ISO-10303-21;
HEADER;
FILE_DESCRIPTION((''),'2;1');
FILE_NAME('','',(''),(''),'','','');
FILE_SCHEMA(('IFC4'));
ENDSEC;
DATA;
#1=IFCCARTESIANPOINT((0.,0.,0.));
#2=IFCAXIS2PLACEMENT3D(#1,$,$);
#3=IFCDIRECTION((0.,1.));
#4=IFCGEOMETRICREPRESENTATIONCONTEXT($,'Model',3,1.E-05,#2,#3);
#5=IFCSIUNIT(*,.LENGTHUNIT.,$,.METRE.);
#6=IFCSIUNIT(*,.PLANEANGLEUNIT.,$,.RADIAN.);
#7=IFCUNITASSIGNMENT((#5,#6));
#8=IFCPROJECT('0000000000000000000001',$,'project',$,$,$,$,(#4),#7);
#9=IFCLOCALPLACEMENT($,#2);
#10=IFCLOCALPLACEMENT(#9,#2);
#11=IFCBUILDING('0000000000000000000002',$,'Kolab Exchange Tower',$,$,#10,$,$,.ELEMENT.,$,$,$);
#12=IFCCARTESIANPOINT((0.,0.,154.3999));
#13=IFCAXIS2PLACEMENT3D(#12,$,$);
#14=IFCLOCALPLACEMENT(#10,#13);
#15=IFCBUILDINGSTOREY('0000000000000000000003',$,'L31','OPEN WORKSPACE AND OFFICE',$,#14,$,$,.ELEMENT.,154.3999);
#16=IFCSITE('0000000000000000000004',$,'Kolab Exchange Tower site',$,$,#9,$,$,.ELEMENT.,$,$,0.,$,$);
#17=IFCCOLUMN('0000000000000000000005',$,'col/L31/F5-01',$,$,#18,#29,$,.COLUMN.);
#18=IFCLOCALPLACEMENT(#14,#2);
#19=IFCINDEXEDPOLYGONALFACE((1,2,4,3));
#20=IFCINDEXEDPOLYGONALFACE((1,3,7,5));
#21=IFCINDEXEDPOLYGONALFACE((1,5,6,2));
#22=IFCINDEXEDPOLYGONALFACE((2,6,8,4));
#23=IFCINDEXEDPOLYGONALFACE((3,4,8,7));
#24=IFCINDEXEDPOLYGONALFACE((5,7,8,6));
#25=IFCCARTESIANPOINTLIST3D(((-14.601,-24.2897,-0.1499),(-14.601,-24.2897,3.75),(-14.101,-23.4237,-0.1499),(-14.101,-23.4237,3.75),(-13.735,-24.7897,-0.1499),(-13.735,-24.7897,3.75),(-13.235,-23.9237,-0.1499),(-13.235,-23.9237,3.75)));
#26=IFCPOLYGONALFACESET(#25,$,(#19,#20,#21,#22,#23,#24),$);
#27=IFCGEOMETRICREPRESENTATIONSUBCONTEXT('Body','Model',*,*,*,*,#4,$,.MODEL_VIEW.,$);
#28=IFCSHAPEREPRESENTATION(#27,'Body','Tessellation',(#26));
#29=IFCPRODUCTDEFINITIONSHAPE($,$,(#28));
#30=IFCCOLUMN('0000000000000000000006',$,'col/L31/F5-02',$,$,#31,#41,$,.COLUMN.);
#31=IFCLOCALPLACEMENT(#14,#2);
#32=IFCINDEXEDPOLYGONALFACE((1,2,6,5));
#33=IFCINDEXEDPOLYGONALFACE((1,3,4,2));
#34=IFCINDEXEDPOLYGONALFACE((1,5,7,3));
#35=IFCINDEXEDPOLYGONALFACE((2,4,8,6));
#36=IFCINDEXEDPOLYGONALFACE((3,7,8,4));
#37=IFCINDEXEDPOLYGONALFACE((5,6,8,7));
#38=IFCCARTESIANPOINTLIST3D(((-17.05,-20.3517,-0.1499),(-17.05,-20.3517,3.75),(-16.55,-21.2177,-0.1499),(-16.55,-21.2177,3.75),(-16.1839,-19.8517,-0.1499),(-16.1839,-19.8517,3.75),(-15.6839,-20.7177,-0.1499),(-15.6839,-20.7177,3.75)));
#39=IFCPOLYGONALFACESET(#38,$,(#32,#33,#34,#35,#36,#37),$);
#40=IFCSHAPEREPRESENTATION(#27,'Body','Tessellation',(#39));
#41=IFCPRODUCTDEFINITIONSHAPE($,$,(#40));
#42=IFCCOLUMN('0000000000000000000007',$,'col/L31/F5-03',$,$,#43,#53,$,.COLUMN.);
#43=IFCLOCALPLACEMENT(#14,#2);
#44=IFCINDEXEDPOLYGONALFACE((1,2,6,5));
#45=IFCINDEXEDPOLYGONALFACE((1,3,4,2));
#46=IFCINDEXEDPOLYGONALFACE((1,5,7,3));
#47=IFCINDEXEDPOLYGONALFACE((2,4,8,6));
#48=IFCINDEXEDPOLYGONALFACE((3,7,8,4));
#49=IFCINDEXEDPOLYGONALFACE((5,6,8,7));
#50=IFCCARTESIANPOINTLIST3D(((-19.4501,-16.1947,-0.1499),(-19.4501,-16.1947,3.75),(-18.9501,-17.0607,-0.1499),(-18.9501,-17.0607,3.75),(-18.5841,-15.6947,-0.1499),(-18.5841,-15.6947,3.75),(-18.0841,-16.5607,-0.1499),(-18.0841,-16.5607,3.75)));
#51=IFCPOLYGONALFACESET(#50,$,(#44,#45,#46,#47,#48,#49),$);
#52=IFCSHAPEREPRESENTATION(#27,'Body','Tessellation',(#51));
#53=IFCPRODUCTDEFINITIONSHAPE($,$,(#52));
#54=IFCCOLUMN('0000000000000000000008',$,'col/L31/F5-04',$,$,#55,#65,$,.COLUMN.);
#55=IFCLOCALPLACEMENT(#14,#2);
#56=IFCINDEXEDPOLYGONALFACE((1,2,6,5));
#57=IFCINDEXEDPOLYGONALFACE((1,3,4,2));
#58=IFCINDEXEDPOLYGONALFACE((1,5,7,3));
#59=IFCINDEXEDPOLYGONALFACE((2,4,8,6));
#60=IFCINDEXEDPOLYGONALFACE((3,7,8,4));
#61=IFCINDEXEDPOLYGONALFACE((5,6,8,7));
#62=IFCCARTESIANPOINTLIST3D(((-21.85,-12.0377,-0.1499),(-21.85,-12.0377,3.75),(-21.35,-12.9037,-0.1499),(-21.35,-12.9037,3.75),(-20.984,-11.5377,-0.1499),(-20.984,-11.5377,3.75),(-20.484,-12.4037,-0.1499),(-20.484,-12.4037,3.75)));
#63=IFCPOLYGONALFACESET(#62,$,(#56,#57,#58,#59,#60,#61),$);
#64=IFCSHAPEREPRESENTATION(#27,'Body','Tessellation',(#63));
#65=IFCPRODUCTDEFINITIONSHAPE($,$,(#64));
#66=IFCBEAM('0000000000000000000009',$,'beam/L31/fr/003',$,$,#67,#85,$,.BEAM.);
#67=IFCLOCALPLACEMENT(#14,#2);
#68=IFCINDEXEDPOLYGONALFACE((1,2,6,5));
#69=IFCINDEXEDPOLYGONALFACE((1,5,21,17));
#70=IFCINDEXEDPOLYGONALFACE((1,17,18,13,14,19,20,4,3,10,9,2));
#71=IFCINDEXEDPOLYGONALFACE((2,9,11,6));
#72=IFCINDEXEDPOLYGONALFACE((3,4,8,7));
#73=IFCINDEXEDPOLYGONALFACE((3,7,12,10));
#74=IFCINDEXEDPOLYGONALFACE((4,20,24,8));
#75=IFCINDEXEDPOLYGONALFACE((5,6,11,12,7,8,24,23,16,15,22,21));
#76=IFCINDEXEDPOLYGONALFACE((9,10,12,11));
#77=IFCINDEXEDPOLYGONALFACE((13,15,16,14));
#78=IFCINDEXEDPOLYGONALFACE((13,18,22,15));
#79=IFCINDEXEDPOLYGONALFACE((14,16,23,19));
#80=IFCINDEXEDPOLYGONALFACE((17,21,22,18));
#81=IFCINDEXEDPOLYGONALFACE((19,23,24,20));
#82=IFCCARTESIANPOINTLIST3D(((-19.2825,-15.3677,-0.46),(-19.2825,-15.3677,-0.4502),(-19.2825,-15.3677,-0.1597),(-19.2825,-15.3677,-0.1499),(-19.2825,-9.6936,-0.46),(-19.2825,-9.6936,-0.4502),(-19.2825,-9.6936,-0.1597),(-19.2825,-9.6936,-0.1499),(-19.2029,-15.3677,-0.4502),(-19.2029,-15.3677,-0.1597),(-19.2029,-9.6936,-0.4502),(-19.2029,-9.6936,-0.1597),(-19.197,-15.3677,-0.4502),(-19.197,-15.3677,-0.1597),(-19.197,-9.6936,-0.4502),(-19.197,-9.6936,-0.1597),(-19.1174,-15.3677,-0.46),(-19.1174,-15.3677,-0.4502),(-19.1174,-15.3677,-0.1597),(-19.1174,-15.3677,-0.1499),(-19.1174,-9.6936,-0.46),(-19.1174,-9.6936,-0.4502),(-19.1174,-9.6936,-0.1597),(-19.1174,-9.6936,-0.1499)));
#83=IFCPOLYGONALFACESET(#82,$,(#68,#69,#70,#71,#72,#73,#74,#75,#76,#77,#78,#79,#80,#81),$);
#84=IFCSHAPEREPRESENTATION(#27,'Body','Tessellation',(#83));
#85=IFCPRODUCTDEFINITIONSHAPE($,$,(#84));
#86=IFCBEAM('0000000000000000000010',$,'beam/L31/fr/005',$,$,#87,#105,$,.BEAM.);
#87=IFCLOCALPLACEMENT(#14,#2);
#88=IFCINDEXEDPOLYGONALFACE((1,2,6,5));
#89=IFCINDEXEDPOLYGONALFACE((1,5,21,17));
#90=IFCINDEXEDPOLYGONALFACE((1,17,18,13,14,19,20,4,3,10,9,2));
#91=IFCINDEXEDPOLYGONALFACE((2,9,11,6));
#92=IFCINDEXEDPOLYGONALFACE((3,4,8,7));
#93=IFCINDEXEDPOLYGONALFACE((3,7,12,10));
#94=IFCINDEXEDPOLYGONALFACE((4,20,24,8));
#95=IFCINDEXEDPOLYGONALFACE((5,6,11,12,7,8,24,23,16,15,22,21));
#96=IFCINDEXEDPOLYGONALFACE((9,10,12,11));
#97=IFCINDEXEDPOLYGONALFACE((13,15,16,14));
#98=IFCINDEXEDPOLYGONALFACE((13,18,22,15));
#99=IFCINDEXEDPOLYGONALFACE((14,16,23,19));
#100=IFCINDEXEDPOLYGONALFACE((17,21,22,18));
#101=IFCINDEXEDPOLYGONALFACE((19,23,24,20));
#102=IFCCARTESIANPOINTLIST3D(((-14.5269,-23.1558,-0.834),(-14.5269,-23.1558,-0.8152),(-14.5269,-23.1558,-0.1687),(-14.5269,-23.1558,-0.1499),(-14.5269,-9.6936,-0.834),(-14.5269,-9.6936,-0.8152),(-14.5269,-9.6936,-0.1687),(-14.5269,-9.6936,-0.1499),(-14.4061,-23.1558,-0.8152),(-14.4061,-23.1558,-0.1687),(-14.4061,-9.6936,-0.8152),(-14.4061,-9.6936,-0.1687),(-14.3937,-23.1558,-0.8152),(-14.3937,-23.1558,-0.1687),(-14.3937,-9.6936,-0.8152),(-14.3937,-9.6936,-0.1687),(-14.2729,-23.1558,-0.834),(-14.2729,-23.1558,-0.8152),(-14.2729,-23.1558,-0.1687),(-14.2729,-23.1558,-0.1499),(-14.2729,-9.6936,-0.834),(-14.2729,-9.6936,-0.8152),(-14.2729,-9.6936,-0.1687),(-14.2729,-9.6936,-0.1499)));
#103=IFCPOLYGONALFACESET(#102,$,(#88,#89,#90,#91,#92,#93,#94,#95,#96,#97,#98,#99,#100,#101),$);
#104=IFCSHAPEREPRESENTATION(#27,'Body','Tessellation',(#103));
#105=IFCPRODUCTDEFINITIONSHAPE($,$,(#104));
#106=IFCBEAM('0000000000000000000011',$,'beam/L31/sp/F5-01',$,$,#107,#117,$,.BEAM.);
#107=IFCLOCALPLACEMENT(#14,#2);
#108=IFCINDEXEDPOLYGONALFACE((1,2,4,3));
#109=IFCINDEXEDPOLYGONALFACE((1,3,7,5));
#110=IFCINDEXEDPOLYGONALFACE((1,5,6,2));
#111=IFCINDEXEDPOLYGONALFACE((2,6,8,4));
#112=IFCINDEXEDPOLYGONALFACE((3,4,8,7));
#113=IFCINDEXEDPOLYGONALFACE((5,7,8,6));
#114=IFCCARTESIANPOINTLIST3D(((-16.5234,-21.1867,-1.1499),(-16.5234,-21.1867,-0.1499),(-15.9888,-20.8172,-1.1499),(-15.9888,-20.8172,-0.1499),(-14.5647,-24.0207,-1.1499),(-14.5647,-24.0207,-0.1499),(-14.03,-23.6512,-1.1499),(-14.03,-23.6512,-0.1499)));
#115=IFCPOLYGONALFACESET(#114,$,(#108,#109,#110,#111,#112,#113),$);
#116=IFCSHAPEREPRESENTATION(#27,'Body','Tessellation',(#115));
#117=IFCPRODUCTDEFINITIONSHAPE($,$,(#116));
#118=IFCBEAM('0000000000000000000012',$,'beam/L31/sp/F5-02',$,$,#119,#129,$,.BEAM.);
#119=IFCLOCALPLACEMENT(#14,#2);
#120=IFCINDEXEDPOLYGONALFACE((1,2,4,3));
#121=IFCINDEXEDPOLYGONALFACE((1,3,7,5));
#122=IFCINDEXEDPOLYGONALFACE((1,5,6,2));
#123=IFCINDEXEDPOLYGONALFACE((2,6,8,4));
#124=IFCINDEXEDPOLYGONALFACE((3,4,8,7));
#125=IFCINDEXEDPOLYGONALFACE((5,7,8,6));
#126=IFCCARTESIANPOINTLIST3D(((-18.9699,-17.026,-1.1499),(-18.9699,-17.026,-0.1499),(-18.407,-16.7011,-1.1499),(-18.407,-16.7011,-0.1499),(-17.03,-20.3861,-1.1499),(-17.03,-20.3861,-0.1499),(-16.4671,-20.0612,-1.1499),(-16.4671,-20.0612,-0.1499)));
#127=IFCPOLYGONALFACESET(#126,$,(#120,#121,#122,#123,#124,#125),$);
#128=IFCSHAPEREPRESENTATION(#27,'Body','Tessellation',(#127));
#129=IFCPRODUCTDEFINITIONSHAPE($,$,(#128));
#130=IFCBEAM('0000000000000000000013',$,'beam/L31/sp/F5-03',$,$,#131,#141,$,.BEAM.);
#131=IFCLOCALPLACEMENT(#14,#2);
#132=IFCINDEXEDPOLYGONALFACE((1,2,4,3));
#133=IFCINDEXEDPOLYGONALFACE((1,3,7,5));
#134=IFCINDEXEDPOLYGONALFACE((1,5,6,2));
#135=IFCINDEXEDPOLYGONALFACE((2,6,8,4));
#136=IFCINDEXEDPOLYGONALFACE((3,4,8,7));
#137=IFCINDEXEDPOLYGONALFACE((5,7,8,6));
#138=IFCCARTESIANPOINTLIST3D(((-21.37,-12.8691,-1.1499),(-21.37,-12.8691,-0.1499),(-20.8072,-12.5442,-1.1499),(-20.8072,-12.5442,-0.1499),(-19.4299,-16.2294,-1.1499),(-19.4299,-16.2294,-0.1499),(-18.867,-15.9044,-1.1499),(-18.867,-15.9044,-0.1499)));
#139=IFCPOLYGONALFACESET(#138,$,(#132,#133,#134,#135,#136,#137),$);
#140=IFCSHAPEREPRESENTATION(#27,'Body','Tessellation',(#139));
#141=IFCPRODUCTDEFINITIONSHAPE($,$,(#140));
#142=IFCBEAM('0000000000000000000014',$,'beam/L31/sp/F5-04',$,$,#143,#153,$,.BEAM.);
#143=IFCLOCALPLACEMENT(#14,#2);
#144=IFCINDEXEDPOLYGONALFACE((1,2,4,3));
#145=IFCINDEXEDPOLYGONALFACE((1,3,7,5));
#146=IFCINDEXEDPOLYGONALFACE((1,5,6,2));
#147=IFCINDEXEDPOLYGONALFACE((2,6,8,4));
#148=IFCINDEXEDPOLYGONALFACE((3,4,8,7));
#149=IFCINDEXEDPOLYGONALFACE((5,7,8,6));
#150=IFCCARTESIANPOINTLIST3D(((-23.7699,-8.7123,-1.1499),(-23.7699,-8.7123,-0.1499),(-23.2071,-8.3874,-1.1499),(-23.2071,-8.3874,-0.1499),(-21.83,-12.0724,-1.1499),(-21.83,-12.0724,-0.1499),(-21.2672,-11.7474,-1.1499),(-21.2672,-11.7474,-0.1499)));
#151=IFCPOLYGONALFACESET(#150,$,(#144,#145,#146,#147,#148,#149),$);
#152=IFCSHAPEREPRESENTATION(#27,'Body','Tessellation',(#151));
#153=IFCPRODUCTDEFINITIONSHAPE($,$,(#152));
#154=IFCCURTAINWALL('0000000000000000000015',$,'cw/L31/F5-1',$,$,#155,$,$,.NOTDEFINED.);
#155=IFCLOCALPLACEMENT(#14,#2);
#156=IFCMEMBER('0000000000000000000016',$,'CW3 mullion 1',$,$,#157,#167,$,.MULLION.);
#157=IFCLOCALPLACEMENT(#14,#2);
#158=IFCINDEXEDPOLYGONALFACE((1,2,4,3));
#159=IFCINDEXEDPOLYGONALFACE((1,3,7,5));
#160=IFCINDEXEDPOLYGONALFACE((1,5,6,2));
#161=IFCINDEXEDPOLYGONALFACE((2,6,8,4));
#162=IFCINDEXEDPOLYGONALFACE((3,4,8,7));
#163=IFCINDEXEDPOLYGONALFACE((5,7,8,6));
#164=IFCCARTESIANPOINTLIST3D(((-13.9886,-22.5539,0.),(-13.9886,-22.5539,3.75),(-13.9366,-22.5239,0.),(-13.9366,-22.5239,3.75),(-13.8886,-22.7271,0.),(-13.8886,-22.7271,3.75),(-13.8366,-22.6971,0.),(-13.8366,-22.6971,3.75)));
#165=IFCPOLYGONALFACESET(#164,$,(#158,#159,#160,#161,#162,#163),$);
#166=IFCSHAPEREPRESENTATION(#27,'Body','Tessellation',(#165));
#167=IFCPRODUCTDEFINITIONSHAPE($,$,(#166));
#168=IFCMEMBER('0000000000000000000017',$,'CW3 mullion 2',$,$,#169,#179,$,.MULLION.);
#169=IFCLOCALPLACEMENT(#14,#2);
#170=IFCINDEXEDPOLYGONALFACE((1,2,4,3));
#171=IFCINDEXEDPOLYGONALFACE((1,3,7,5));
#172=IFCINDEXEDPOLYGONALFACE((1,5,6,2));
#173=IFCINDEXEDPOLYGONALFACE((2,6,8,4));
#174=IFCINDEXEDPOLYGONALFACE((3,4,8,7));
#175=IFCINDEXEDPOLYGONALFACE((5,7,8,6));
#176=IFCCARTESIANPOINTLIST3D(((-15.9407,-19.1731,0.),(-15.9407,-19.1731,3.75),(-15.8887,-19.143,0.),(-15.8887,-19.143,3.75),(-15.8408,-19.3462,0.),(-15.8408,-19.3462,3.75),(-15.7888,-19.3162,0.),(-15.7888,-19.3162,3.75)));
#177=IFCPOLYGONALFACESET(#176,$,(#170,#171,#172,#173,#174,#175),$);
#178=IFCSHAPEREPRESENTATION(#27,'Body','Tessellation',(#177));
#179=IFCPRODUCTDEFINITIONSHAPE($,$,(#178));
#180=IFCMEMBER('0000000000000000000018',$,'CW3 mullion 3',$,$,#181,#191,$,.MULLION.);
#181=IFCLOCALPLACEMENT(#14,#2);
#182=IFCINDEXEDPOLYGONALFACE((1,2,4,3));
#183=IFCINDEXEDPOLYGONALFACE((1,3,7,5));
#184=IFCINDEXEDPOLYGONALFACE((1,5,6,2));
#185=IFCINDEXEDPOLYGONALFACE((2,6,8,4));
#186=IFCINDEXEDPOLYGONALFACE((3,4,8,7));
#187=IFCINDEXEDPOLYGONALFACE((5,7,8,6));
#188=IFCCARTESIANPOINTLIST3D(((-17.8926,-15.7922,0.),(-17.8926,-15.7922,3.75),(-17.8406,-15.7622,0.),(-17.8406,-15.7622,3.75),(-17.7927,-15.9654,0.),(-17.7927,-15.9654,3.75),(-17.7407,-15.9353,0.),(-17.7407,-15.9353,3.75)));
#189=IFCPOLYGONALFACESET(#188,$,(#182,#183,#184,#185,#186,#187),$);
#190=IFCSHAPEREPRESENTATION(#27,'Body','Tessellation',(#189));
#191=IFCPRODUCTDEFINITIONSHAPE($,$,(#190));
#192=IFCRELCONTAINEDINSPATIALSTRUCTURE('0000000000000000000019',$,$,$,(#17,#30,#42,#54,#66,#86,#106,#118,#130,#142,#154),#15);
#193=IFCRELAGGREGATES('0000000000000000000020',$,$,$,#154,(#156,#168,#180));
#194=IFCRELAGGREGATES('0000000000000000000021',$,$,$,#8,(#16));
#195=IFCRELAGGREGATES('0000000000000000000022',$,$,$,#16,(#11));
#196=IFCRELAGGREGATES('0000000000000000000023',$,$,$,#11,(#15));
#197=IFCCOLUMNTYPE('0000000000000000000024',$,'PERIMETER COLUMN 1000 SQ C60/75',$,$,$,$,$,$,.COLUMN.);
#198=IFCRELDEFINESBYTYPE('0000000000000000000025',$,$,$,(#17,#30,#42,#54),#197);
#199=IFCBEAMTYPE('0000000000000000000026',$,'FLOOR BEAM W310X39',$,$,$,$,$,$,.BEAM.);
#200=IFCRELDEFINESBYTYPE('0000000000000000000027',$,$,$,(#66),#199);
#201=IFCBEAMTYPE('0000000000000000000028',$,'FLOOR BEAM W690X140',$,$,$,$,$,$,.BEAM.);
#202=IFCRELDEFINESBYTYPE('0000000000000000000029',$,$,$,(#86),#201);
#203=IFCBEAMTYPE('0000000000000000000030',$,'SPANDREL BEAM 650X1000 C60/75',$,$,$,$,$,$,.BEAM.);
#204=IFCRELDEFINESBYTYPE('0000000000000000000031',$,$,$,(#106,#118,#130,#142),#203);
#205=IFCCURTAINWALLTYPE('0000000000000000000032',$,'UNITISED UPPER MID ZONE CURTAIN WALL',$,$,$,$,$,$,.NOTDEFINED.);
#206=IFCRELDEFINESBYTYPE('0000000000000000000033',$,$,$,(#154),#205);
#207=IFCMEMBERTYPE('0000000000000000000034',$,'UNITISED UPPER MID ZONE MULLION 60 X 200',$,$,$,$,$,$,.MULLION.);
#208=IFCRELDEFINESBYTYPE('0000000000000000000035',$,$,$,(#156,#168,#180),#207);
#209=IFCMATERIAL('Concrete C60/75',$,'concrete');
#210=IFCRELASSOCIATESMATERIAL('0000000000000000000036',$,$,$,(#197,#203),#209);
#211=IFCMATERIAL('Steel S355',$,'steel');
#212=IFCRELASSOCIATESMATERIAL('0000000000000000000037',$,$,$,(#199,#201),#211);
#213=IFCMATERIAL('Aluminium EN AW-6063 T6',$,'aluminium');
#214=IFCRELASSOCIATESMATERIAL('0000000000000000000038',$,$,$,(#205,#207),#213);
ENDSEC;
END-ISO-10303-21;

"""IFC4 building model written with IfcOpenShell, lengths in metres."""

from ifc_helpers import new_model, si_unit, direction, frame, origin, origin_2d, place, context, subcontext, project, spatial, rectangle, i_section, extrude, material, material_profile, profile_set, type_object, element, aggregate, save


model = new_model("IFC4")

# Units and contexts
model_context = context("Model", 3, precision=1e-05, world=origin(), true_north=direction((0.0, 1.0)))
body_context = subcontext(model_context, "Body", "Model", "MODEL_VIEW")
ifc_project = project(units=[si_unit("LENGTHUNIT", "METRE"), si_unit("PLANEANGLEUNIT", "RADIAN")], contexts=[model_context])

# Site, building, storey
site_placement = place(None, origin())
site = spatial("IfcSite", under=ifc_project, at=site_placement, Name="Kolab Exchange Tower site", CompositionType="ELEMENT", RefElevation=0.0)
building_placement = place(site_placement, origin())
building = spatial("IfcBuilding", under=site, at=building_placement, Name="Kolab Exchange Tower", CompositionType="ELEMENT")
storey_placement = place(building_placement, frame((0.0, 0.0, 154.3999)))
storey = spatial("IfcBuildingStorey", under=building, at=storey_placement, Name="L31", Description="OPEN WORKSPACE AND OFFICE", CompositionType="ELEMENT", Elevation=154.3999)

# Columns
ifc_material_1 = material(Name="Concrete C60/75", Category="concrete")
ifc_material_profile_1 = material_profile(ifc_material_1, rectangle(XDim=1.0, YDim=1.0, at=origin_2d()), Name="RC1000")
ifc_profile_set_1 = profile_set([ifc_material_profile_1], Name="Concrete C60/75")
column_type = type_object("IfcColumnType", Name="PERIMETER COLUMN 1000 SQ C60/75", PredefinedType="COLUMN", material=ifc_profile_set_1)
for number, where, z_axis, x_axis, name in (
    (1, (-13.918, -24.1067, -0.1499), (0.0, 0.0, 1.0), (0.5, 0.866025, 0.0), "col/L31/F5-01"),
    (2, (-16.3669, -20.5347, -0.1499), (0.0, 0.0, 1.0), (0.866025, 0.5, 0.0), "col/L31/F5-02"),
    (3, (-18.7671, -16.3777, -0.1499), (0.0, 0.0, 1.0), (0.866025, 0.5, 0.0), "col/L31/F5-03"),
    (4, (-21.167, -12.2207, -0.1499), (0.0, 0.0, 1.0), (0.866025, 0.5, 0.0), "col/L31/F5-04"),
):
    element("IfcColumn", number, at=place(storey_placement, frame(where, z_axis=z_axis, x_axis=x_axis)), inside=storey, type_object=column_type, Name=name, PredefinedType="COLUMN", context=body_context, shape_type="SweptSolid", body=[
        extrude(rectangle(XDim=1.0, YDim=1.0, at=origin_2d()), origin(), (0.0, 0.0, 1.0), 3.8999),
    ])

# Beams
ifc_material_2 = material(Name="Steel S355", Category="steel")
ifc_material_profile_2 = material_profile(ifc_material_2, i_section(OverallWidth=0.165, OverallDepth=0.3101, WebThickness=0.0059, FlangeThickness=0.0098, at=origin_2d()), Name="W310X39")
ifc_profile_set_2 = profile_set([ifc_material_profile_2], Name="Steel S355")
beam_type_1 = type_object("IfcBeamType", Name="FLOOR BEAM W310X39", PredefinedType="BEAM", material=ifc_profile_set_2)
beam_1_placement = place(storey_placement, frame((-19.2, -15.3677, -0.3049), z_axis=(0.0, 1.0, 0.0), x_axis=(-1.0, 0.0, 0.0)))
element("IfcBeam", 5, at=beam_1_placement, inside=storey, type_object=beam_type_1, Name="beam/L31/fr/003", PredefinedType="BEAM", context=body_context, shape_type="SweptSolid", body=[
    extrude(i_section(OverallWidth=0.165, OverallDepth=0.3101, WebThickness=0.0059, FlangeThickness=0.0098, at=origin_2d()), origin(), (0.0, 0.0, 1.0), 5.6741),
])
ifc_material_profile_3 = material_profile(ifc_material_2, i_section(OverallWidth=0.2539, OverallDepth=0.6841, WebThickness=0.0125, FlangeThickness=0.0188, at=origin_2d()), Name="W690X140")
ifc_profile_set_3 = profile_set([ifc_material_profile_3], Name="Steel S355")
beam_type_2 = type_object("IfcBeamType", Name="FLOOR BEAM W690X140", PredefinedType="BEAM", material=ifc_profile_set_3)
beam_2_placement = place(storey_placement, frame((-14.3999, -23.1558, -0.4919), z_axis=(0.0, 1.0, 0.0), x_axis=(-1.0, 0.0, 0.0)))
element("IfcBeam", 6, at=beam_2_placement, inside=storey, type_object=beam_type_2, Name="beam/L31/fr/005", PredefinedType="BEAM", context=body_context, shape_type="SweptSolid", body=[
    extrude(i_section(OverallWidth=0.2539, OverallDepth=0.6841, WebThickness=0.0125, FlangeThickness=0.0188, at=origin_2d()), origin(), (0.0, 0.0, 1.0), 13.4622),
])
ifc_material_profile_4 = material_profile(ifc_material_1, rectangle(XDim=0.6499, YDim=1.0, at=origin_2d()), Name="RC650X1000")
ifc_profile_set_4 = profile_set([ifc_material_profile_4], Name="Concrete C60/75")
beam_type_3 = type_object("IfcBeamType", Name="SPANDREL BEAM 650X1000 C60/75", PredefinedType="BEAM", material=ifc_profile_set_4)
beam_3_placement = place(storey_placement, frame((-14.2974, -23.8359, -0.6499), z_axis=(-0.568572, 0.822633, 0.0), x_axis=(-0.822633, -0.568572, 0.0)))
element("IfcBeam", 7, at=beam_3_placement, inside=storey, type_object=beam_type_3, Name="beam/L31/sp/F5-01", PredefinedType="BEAM", context=body_context, shape_type="SweptSolid", body=[
    extrude(rectangle(XDim=0.6499, YDim=1.0, at=origin_2d()), origin(), (0.0, 0.0, 1.0), 3.4451),
])
beam_4_placement = place(storey_placement, frame((-16.7485, -20.2236, -0.6499), z_axis=(-0.499997, 0.866027, 0.0), x_axis=(-0.866027, -0.499997, 0.0)))
element("IfcBeam", 8, at=beam_4_placement, inside=storey, type_object=beam_type_3, Name="beam/L31/sp/F5-02", PredefinedType="BEAM", context=body_context, shape_type="SweptSolid", body=[
    extrude(rectangle(XDim=0.6499, YDim=1.0, at=origin_2d()), origin(), (0.0, 0.0, 1.0), 3.8799),
])
beam_5_placement = place(storey_placement, frame((-19.1484, -16.0669, -0.6499), z_axis=(-0.500017, 0.866016, 0.0), x_axis=(-0.866016, -0.500017, 0.0)))
element("IfcBeam", 9, at=beam_5_placement, inside=storey, type_object=beam_type_3, Name="beam/L31/sp/F5-03", PredefinedType="BEAM", context=body_context, shape_type="SweptSolid", body=[
    extrude(rectangle(XDim=0.6499, YDim=1.0, at=origin_2d()), origin(), (0.0, 0.0, 1.0), 3.8801),
])
beam_6_placement = place(storey_placement, frame((-21.5486, -11.9099, -0.6499), z_axis=(-0.499997, 0.866027, 0.0), x_axis=(-0.866027, -0.499997, 0.0)))
element("IfcBeam", 10, at=beam_6_placement, inside=storey, type_object=beam_type_3, Name="beam/L31/sp/F5-04", PredefinedType="BEAM", context=body_context, shape_type="SweptSolid", body=[
    extrude(rectangle(XDim=0.6499, YDim=1.0, at=origin_2d()), origin(), (0.0, 0.0, 1.0), 3.8799),
])

# Curtain wall, members
ifc_material_3 = material(Name="Aluminium EN AW-6063 T6", Category="aluminium")
curtain_wall_type = type_object("IfcCurtainWallType", Name="UNITISED UPPER MID ZONE CURTAIN WALL", PredefinedType="NOTDEFINED", material=ifc_material_3)
curtain_wall_placement = place(storey_placement, origin())
curtain_wall = element("IfcCurtainWall", 11, at=curtain_wall_placement, inside=storey, type_object=curtain_wall_type, Name="cw/L31/F5-1", PredefinedType="NOTDEFINED")
ifc_material_profile_5 = material_profile(ifc_material_3, rectangle(XDim=0.0601, YDim=0.2, at=origin_2d()), Name="RECT 60X200")
ifc_profile_set_5 = profile_set([ifc_material_profile_5], Name="Aluminium EN AW-6063 T6")
member_type_1 = type_object("IfcMemberType", Name="UNITISED UPPER MID ZONE MULLION 60 X 200", PredefinedType="MULLION", material=ifc_profile_set_5)
member_1_placement = place(storey_placement, frame((-13.9126, -22.6255, 0.0), z_axis=(0.0, 0.0, 1.0), x_axis=(-0.866025, -0.5, 0.0)))
member_1 = element("IfcMember", 12, at=member_1_placement, type_object=member_type_1, Name="CW3 mullion 1", PredefinedType="MULLION", context=body_context, shape_type="SweptSolid", body=[
    extrude(rectangle(XDim=0.0601, YDim=0.2, at=origin_2d()), origin(), (0.0, 0.0, 1.0), 3.75),
])
member_2_placement = place(storey_placement, frame((-15.8647, -19.2446, 0.0), z_axis=(0.0, 0.0, 1.0), x_axis=(-0.866025, -0.5, 0.0)))
member_2 = element("IfcMember", 13, at=member_2_placement, type_object=member_type_1, Name="CW3 mullion 2", PredefinedType="MULLION", context=body_context, shape_type="SweptSolid", body=[
    extrude(rectangle(XDim=0.0601, YDim=0.2, at=origin_2d()), origin(), (0.0, 0.0, 1.0), 3.75),
])
member_3_placement = place(storey_placement, frame((-17.8167, -15.8638, 0.0), z_axis=(0.0, 0.0, 1.0), x_axis=(-0.866025, -0.5, 0.0)))
member_3 = element("IfcMember", 14, at=member_3_placement, type_object=member_type_1, Name="CW3 mullion 3", PredefinedType="MULLION", context=body_context, shape_type="SweptSolid", body=[
    extrude(rectangle(XDim=0.0601, YDim=0.2, at=origin_2d()), origin(), (0.0, 0.0, 1.0), 3.75),
])
aggregate(curtain_wall, [member_1, member_2, member_3])

save(model, "model.ifc")
